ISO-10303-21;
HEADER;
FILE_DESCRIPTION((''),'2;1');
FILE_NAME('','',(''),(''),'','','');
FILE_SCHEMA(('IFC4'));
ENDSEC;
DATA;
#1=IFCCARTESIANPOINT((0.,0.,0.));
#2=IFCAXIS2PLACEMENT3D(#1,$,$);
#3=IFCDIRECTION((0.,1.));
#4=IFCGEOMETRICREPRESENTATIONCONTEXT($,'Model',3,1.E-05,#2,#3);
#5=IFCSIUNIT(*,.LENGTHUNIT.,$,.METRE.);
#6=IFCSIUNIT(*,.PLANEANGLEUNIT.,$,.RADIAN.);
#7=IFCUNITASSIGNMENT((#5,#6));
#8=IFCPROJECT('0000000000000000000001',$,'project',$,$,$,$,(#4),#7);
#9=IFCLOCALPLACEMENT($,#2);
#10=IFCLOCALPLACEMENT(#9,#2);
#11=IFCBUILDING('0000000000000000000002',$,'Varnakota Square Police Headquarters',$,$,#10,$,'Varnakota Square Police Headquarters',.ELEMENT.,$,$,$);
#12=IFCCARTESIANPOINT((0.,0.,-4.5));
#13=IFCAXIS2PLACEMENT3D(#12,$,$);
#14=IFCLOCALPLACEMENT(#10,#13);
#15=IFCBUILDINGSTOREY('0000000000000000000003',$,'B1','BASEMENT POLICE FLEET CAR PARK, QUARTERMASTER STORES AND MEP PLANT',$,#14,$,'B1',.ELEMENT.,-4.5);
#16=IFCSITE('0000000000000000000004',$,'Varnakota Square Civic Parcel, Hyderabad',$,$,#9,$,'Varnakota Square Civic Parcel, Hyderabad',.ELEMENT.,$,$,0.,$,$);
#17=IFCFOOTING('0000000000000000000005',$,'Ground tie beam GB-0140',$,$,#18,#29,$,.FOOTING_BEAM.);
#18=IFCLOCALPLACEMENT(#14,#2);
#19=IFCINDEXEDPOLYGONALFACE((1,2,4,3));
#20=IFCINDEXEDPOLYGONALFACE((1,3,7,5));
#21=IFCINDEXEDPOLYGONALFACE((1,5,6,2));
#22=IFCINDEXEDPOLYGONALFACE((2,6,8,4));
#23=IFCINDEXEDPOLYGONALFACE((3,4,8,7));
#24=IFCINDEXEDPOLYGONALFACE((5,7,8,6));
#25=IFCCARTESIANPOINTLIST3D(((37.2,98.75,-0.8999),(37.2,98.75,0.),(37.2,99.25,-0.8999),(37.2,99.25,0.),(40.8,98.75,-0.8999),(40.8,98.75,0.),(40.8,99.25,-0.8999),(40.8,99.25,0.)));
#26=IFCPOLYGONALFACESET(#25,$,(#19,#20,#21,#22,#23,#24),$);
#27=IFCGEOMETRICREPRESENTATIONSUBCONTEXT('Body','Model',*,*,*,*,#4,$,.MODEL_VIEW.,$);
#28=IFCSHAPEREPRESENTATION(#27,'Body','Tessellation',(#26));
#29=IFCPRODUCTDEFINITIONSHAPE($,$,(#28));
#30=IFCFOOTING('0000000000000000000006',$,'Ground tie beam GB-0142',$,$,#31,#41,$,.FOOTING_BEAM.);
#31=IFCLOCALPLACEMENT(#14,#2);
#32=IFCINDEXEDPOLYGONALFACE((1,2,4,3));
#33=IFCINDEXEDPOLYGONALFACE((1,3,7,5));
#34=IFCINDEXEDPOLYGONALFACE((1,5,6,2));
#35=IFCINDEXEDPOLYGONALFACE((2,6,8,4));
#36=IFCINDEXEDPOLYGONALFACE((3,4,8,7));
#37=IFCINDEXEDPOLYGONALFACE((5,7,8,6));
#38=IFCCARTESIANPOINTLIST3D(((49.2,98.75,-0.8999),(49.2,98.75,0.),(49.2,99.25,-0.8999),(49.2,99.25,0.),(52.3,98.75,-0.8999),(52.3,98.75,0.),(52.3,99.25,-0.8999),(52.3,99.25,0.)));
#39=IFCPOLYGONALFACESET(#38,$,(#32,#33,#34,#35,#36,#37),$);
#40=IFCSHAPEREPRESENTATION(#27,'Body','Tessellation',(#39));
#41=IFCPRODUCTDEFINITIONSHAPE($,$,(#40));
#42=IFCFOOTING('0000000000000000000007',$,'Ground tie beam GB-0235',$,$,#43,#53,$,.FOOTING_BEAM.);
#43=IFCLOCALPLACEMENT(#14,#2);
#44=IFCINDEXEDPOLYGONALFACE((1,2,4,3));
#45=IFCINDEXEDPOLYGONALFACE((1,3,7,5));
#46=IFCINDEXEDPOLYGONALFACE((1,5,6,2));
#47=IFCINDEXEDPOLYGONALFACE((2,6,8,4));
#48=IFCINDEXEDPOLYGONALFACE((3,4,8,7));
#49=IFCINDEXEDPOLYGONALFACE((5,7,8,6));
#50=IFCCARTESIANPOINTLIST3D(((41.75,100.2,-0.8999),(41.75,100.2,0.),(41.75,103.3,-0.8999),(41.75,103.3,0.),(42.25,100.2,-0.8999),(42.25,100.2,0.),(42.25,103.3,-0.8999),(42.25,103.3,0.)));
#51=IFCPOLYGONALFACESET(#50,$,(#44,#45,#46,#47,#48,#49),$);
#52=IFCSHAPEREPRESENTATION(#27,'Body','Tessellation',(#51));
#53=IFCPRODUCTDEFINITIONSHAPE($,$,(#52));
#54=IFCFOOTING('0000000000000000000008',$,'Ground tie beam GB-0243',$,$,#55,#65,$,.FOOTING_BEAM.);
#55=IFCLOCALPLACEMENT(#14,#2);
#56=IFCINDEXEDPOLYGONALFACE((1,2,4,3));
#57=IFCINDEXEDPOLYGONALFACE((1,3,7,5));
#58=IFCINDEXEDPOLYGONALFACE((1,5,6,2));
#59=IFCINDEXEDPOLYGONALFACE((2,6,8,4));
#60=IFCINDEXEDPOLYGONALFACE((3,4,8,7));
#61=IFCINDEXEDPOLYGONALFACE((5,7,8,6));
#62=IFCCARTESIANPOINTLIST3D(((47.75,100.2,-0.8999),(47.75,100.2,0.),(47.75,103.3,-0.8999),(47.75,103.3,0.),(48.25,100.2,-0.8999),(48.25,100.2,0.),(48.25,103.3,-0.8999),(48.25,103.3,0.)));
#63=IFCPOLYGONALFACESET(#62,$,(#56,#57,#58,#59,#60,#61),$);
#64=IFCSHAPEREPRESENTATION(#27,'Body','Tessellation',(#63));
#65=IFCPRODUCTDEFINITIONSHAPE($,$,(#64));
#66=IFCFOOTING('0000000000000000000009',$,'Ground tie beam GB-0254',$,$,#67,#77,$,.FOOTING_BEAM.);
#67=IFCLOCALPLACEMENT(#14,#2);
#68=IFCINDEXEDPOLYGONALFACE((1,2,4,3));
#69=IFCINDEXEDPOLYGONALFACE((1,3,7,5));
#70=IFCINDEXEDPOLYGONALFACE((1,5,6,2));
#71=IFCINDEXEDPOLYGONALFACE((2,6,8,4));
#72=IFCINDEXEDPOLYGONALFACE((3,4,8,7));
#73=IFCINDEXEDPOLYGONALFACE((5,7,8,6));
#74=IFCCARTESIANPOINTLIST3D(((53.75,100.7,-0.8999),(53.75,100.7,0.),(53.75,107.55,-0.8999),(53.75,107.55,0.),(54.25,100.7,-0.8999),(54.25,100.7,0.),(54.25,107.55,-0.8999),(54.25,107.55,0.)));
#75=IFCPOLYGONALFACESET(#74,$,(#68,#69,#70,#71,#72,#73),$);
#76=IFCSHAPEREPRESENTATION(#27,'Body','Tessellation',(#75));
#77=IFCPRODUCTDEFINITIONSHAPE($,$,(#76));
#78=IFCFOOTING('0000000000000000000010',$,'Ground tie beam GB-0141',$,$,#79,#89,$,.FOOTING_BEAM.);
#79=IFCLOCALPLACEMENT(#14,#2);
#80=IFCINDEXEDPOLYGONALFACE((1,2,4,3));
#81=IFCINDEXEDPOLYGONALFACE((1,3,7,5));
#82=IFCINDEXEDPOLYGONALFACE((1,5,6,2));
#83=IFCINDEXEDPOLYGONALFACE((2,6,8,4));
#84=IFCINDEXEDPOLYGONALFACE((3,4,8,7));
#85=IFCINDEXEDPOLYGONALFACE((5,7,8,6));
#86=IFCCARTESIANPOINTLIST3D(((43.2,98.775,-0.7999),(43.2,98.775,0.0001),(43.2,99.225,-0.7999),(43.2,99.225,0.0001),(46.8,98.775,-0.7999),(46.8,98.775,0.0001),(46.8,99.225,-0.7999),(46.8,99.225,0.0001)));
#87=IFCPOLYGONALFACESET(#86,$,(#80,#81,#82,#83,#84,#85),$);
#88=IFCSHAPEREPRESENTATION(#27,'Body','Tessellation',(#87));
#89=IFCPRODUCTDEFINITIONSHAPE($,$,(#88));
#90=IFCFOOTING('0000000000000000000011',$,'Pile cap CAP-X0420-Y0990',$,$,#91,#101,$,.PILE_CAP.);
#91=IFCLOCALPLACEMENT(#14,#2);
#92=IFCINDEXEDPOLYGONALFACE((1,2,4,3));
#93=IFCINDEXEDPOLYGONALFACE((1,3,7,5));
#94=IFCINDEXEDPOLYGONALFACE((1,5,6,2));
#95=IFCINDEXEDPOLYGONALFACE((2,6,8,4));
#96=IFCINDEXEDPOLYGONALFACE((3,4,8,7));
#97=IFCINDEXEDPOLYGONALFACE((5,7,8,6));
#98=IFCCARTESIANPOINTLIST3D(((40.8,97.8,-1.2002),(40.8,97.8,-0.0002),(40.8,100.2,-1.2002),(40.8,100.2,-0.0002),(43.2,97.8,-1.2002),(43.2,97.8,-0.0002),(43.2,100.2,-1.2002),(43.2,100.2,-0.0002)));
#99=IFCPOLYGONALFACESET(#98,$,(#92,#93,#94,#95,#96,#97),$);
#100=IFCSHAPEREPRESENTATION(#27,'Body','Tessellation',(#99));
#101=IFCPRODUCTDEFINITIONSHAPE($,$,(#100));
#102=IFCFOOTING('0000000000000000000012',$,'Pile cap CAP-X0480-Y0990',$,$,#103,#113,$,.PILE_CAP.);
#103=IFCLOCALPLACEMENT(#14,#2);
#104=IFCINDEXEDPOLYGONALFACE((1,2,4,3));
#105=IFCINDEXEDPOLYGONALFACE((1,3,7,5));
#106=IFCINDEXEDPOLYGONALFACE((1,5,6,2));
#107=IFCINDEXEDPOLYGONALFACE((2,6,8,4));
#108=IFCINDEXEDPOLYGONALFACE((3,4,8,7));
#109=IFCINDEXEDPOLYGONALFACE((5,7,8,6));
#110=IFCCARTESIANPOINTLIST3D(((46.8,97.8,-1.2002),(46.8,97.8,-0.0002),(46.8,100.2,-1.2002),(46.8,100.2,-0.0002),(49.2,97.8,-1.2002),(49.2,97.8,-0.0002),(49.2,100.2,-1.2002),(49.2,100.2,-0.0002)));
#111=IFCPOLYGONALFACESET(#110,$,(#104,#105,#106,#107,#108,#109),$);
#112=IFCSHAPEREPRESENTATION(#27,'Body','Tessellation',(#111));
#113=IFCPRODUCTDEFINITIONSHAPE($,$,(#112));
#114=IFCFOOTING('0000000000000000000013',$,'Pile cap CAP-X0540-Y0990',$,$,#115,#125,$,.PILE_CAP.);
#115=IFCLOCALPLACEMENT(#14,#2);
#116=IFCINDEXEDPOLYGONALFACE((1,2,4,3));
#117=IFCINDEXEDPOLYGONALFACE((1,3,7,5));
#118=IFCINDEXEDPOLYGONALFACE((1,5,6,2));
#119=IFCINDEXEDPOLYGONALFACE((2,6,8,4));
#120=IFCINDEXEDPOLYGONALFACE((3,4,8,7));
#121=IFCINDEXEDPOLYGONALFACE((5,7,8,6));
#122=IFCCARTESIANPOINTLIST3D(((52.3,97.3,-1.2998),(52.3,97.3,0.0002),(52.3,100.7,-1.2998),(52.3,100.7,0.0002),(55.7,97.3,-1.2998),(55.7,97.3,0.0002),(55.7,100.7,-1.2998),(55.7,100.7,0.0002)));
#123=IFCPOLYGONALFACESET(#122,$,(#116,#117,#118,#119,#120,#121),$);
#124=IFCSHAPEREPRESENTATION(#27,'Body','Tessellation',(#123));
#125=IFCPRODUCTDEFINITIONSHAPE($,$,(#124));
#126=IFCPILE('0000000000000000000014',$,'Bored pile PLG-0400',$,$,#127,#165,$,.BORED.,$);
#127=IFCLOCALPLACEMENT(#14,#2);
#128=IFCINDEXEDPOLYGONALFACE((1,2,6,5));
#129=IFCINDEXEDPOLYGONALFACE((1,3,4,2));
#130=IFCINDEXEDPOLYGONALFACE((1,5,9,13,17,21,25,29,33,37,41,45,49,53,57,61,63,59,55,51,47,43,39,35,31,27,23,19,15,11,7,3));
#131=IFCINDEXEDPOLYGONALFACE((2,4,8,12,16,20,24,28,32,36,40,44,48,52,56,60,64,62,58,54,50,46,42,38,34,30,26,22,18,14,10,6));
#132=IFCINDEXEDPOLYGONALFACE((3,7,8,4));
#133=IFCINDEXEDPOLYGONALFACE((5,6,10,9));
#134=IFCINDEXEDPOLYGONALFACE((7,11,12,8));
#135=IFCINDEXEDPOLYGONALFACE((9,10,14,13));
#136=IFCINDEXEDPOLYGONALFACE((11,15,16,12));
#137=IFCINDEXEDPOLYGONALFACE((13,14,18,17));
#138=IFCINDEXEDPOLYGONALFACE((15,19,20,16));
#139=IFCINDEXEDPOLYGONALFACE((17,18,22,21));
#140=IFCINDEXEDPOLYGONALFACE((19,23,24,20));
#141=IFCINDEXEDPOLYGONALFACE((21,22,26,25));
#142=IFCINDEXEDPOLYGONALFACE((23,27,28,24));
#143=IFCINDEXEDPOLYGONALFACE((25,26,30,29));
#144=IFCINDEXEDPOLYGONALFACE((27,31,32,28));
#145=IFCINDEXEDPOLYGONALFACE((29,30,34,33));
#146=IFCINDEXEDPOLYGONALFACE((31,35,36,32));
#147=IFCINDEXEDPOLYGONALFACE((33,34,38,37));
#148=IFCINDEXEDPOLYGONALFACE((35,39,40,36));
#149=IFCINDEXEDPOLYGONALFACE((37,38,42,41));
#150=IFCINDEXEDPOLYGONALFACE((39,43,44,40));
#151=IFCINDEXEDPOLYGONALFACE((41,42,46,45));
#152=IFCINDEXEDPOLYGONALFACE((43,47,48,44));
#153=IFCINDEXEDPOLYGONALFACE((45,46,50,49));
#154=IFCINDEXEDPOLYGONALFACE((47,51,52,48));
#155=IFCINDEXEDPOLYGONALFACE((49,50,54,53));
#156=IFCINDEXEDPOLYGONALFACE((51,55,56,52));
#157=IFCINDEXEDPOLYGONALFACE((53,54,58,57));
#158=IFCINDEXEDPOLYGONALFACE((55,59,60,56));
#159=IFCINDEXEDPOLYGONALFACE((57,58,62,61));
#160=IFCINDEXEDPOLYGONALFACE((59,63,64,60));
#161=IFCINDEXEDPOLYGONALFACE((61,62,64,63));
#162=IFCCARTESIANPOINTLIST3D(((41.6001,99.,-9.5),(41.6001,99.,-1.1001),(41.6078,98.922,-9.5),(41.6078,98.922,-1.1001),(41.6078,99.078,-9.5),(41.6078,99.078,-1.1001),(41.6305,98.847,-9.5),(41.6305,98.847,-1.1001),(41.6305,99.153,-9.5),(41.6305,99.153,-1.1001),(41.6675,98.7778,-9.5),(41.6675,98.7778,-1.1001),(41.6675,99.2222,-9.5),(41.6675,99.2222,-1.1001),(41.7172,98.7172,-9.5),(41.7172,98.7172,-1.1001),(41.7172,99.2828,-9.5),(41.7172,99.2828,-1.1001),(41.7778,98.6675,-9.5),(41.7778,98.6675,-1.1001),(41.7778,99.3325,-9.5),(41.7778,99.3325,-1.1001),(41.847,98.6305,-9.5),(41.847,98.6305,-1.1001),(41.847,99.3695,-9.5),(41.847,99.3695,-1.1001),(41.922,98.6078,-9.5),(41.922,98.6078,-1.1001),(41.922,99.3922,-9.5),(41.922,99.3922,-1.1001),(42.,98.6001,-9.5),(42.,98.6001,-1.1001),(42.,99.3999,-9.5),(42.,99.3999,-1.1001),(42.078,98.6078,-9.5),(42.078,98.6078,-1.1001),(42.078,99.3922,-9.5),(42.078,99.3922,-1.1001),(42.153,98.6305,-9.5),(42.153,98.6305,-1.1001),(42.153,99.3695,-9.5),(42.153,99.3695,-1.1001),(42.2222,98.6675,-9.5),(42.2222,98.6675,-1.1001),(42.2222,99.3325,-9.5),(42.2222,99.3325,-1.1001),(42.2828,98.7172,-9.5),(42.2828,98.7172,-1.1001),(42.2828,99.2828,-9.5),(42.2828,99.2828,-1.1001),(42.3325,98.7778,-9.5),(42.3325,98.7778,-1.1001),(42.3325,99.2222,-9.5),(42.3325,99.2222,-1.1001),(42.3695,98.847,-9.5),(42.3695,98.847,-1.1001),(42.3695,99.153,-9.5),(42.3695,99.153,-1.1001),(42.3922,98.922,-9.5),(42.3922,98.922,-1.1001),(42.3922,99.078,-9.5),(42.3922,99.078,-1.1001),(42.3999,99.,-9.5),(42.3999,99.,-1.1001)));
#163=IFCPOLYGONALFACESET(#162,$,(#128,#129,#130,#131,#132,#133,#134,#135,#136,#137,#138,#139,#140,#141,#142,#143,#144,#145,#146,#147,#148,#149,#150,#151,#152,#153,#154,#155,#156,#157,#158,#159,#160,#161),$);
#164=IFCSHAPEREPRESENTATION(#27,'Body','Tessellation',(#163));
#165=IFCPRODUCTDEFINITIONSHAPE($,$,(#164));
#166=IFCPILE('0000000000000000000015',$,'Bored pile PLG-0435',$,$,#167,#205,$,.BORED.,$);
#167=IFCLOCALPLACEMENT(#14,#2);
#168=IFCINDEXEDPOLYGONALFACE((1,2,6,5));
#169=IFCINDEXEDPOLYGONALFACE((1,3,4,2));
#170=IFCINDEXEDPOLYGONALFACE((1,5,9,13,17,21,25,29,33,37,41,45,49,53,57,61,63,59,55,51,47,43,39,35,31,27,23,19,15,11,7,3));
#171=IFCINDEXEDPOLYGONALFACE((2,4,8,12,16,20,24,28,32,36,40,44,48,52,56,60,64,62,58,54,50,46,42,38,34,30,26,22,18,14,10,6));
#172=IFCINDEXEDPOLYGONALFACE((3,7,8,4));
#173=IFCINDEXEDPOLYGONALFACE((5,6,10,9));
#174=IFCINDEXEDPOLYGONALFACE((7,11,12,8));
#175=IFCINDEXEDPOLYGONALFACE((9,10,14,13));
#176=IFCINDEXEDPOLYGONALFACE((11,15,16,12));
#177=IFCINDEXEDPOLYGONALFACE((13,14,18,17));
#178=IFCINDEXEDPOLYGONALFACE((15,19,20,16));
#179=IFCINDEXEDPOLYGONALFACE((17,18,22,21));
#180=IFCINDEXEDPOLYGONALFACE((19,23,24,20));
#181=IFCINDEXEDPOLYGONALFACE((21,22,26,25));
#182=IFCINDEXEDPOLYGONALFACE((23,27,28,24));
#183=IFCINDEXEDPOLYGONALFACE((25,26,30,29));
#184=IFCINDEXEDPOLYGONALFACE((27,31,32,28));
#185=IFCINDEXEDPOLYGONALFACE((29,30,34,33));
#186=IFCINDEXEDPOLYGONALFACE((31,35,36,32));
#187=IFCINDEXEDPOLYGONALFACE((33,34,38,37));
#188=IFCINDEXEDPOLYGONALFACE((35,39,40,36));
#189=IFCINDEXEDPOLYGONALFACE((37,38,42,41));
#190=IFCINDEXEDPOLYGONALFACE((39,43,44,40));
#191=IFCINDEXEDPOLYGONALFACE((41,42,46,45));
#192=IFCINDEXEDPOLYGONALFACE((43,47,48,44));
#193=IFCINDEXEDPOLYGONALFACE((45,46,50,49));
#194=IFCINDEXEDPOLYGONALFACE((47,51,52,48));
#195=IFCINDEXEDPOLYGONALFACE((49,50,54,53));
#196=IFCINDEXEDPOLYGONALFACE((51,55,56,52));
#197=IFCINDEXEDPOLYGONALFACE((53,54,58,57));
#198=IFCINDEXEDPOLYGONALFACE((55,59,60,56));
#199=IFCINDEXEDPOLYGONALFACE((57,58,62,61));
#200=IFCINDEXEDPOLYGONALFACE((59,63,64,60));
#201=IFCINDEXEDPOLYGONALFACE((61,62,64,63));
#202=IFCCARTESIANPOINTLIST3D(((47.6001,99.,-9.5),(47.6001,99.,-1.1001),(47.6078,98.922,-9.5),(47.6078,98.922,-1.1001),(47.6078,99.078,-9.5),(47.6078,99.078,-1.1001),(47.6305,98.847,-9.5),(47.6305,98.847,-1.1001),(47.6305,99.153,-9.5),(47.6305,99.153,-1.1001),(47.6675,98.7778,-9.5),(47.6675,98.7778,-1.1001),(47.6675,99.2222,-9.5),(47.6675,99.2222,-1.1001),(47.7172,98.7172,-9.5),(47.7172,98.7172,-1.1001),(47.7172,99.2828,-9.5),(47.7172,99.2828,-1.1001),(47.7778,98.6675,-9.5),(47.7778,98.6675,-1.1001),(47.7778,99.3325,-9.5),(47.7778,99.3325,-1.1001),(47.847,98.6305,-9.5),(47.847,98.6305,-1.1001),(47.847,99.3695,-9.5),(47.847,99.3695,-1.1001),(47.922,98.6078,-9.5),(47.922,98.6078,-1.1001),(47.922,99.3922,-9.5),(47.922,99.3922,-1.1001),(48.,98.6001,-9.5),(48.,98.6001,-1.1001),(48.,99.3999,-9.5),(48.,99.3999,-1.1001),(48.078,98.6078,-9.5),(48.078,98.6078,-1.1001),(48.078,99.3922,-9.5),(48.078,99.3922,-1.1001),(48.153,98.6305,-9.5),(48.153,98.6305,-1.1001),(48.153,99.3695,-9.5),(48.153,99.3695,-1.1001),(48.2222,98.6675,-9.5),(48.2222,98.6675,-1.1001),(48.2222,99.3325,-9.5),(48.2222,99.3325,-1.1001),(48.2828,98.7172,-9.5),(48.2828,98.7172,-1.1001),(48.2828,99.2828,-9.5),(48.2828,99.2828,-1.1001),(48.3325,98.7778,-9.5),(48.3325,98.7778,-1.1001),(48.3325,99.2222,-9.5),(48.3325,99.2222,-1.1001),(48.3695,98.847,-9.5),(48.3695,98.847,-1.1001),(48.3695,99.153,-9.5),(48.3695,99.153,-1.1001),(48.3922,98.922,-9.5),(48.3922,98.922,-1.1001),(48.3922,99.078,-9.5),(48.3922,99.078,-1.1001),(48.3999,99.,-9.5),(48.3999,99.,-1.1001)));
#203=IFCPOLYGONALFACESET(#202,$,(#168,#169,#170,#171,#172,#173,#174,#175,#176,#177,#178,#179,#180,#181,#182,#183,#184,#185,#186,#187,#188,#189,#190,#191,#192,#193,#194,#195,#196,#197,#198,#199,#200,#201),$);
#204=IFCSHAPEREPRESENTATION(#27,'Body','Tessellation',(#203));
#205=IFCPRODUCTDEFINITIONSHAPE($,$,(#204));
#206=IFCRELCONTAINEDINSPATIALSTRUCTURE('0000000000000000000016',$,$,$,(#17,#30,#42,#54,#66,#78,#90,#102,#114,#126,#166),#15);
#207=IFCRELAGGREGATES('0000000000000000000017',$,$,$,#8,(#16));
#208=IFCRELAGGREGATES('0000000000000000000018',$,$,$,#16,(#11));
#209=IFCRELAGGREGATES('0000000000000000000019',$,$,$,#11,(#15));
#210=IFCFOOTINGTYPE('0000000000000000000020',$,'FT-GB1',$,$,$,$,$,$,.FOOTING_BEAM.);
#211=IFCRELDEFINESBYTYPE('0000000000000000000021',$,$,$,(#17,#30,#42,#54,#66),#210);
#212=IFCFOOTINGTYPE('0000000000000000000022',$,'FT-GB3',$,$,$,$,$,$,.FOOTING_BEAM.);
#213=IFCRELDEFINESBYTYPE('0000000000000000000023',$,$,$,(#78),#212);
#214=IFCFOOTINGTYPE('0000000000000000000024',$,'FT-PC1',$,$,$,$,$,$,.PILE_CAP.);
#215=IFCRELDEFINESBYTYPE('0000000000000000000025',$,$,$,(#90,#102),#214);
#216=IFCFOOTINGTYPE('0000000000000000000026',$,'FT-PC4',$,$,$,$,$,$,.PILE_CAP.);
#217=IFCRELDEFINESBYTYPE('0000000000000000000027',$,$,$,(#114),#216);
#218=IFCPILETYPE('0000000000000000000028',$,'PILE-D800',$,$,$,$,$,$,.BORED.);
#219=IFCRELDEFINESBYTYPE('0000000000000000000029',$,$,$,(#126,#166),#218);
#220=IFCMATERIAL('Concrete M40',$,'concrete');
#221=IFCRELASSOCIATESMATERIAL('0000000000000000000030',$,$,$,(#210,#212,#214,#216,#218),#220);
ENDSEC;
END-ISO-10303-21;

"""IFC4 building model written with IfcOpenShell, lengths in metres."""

from ifc_helpers import new_model, si_unit, direction, frame, origin, origin_2d, place, context, subcontext, project, spatial, rectangle, circle, extrude, material, material_profile, profile_set, type_object, element, save


model = new_model("IFC4")

# Units and contexts
model_context = context("Model", 3, precision=1e-05, world=origin(), true_north=direction((0.0, 1.0)))
body_context = subcontext(model_context, "Body", "Model", "MODEL_VIEW")
ifc_project = project(units=[si_unit("LENGTHUNIT", "METRE"), si_unit("PLANEANGLEUNIT", "RADIAN")], contexts=[model_context])

# Site, building, storey
site_placement = place(None, origin())
site = spatial("IfcSite", under=ifc_project, at=site_placement, Name="Varnakota Square Civic Parcel, Hyderabad", LongName="Varnakota Square Civic Parcel, Hyderabad", CompositionType="ELEMENT", RefElevation=0.0)
building_placement = place(site_placement, origin())
building = spatial("IfcBuilding", under=site, at=building_placement, Name="Varnakota Square Police Headquarters", LongName="Varnakota Square Police Headquarters", CompositionType="ELEMENT")
storey_placement = place(building_placement, frame((0.0, 0.0, -4.5)))
storey = spatial("IfcBuildingStorey", under=building, at=storey_placement, Name="B1", Description="BASEMENT POLICE FLEET CAR PARK, QUARTERMASTER STORES AND MEP PLANT", LongName="B1", CompositionType="ELEMENT", Elevation=-4.5)

# Footings
ifc_material_1 = material(Name="Concrete M40", Category="concrete")
ifc_material_profile_1 = material_profile(ifc_material_1, rectangle(XDim=0.5, YDim=0.8999, at=origin_2d()), Name="GB 500x900")
ifc_profile_set_1 = profile_set([ifc_material_profile_1], Name="Concrete M40")
footing_type_1 = type_object("IfcFootingType", Name="FT-GB1", PredefinedType="FOOTING_BEAM", material=ifc_profile_set_1)
footing_1_placement = place(storey_placement, frame((37.2, 99.0, -0.45), z_axis=(1.0, 0.0, 0.0), x_axis=(0.0, 1.0, 0.0)))
element("IfcFooting", 1, at=footing_1_placement, inside=storey, type_object=footing_type_1, Name="Ground tie beam GB-0140", PredefinedType="FOOTING_BEAM", context=body_context, shape_type="SweptSolid", body=[
    extrude(rectangle(XDim=0.5, YDim=0.8999, at=origin_2d()), origin(), (0.0, 0.0, 1.0), 3.6001),
])
for number, where, z_axis, x_axis, name in (
    (2, (49.2, 99.0, -0.45), (1.0, 0.0, 0.0), (0.0, 1.0, 0.0), "Ground tie beam GB-0142"),
    (3, (42.0, 100.2, -0.45), (0.0, 1.0, 0.0), (-1.0, 0.0, 0.0), "Ground tie beam GB-0235"),
    (4, (48.0, 100.2, -0.45), (0.0, 1.0, 0.0), (-1.0, 0.0, 0.0), "Ground tie beam GB-0243"),
):
    element("IfcFooting", number, at=place(storey_placement, frame(where, z_axis=z_axis, x_axis=x_axis)), inside=storey, type_object=footing_type_1, Name=name, PredefinedType="FOOTING_BEAM", context=body_context, shape_type="SweptSolid", body=[
        extrude(rectangle(XDim=0.5, YDim=0.8999, at=origin_2d()), origin(), (0.0, 0.0, 1.0), 3.1001),
    ])
footing_2_placement = place(storey_placement, frame((54.0, 100.7, -0.45), z_axis=(0.0, 1.0, 0.0), x_axis=(-1.0, 0.0, 0.0)))
element("IfcFooting", 5, at=footing_2_placement, inside=storey, type_object=footing_type_1, Name="Ground tie beam GB-0254", PredefinedType="FOOTING_BEAM", context=body_context, shape_type="SweptSolid", body=[
    extrude(rectangle(XDim=0.5, YDim=0.8999, at=origin_2d()), origin(), (0.0, 0.0, 1.0), 6.8501),
])
ifc_material_profile_2 = material_profile(ifc_material_1, rectangle(XDim=0.45, YDim=0.8, at=origin_2d()), Name="GB 450x800")
ifc_profile_set_2 = profile_set([ifc_material_profile_2], Name="Concrete M40")
footing_type_2 = type_object("IfcFootingType", Name="FT-GB3", PredefinedType="FOOTING_BEAM", material=ifc_profile_set_2)
footing_3_placement = place(storey_placement, frame((43.2, 99.0, -0.3999), z_axis=(1.0, 0.0, 0.0), x_axis=(0.0, 1.0, 0.0)))
element("IfcFooting", 6, at=footing_3_placement, inside=storey, type_object=footing_type_2, Name="Ground tie beam GB-0141", PredefinedType="FOOTING_BEAM", context=body_context, shape_type="SweptSolid", body=[
    extrude(rectangle(XDim=0.45, YDim=0.8, at=origin_2d()), origin(), (0.0, 0.0, 1.0), 3.6001),
])
footing_type_3 = type_object("IfcFootingType", Name="FT-PC1", PredefinedType="PILE_CAP", material=ifc_material_1)
for number, where, z_axis, x_axis, name in (
    (7, (42.0, 99.0, -1.2002), (0.0, 0.0, 1.0), (1.0, 0.0, 0.0), "Pile cap CAP-X0420-Y0990"),
    (8, (48.0, 99.0, -1.2002), (0.0, 0.0, 1.0), (1.0, 0.0, 0.0), "Pile cap CAP-X0480-Y0990"),
):
    element("IfcFooting", number, at=place(storey_placement, frame(where, z_axis=z_axis, x_axis=x_axis)), inside=storey, type_object=footing_type_3, Name=name, PredefinedType="PILE_CAP", context=body_context, shape_type="SweptSolid", body=[
        extrude(rectangle(XDim=2.3999, YDim=2.3999, at=origin_2d()), origin(), (0.0, 0.0, 1.0), 1.2),
    ])
footing_type_4 = type_object("IfcFootingType", Name="FT-PC4", PredefinedType="PILE_CAP", material=ifc_material_1)
footing_4_placement = place(storey_placement, frame((54.0, 99.0, -1.2998), z_axis=(0.0, 0.0, 1.0), x_axis=(1.0, 0.0, 0.0)))
element("IfcFooting", 9, at=footing_4_placement, inside=storey, type_object=footing_type_4, Name="Pile cap CAP-X0540-Y0990", PredefinedType="PILE_CAP", context=body_context, shape_type="SweptSolid", body=[
    extrude(rectangle(XDim=3.3999, YDim=3.3999, at=origin_2d()), origin(), (0.0, 0.0, 1.0), 1.3),
])

# Piles
ifc_material_profile_3 = material_profile(ifc_material_1, circle(Radius=0.3999, at=origin_2d()), Name="BORED PILE 800")
ifc_profile_set_3 = profile_set([ifc_material_profile_3], Name="Concrete M40")
pile_type = type_object("IfcPileType", Name="PILE-D800", PredefinedType="BORED", material=ifc_profile_set_3)
for number, where, z_axis, x_axis, name in (
    (10, (42.0, 99.0, -1.1001), (0.0, 0.0, -1.0), (1.0, 0.0, 0.0), "Bored pile PLG-0400"),
    (11, (48.0, 99.0, -1.1001), (0.0, 0.0, -1.0), (1.0, 0.0, 0.0), "Bored pile PLG-0435"),
):
    element("IfcPile", number, at=place(storey_placement, frame(where, z_axis=z_axis, x_axis=x_axis)), inside=storey, type_object=pile_type, Name=name, PredefinedType="BORED", context=body_context, shape_type="SweptSolid", body=[
        extrude(circle(Radius=0.3999, at=origin_2d()), origin(), (0.0, 0.0, 1.0), 8.3999),
    ])

save(model, "model.ifc")
